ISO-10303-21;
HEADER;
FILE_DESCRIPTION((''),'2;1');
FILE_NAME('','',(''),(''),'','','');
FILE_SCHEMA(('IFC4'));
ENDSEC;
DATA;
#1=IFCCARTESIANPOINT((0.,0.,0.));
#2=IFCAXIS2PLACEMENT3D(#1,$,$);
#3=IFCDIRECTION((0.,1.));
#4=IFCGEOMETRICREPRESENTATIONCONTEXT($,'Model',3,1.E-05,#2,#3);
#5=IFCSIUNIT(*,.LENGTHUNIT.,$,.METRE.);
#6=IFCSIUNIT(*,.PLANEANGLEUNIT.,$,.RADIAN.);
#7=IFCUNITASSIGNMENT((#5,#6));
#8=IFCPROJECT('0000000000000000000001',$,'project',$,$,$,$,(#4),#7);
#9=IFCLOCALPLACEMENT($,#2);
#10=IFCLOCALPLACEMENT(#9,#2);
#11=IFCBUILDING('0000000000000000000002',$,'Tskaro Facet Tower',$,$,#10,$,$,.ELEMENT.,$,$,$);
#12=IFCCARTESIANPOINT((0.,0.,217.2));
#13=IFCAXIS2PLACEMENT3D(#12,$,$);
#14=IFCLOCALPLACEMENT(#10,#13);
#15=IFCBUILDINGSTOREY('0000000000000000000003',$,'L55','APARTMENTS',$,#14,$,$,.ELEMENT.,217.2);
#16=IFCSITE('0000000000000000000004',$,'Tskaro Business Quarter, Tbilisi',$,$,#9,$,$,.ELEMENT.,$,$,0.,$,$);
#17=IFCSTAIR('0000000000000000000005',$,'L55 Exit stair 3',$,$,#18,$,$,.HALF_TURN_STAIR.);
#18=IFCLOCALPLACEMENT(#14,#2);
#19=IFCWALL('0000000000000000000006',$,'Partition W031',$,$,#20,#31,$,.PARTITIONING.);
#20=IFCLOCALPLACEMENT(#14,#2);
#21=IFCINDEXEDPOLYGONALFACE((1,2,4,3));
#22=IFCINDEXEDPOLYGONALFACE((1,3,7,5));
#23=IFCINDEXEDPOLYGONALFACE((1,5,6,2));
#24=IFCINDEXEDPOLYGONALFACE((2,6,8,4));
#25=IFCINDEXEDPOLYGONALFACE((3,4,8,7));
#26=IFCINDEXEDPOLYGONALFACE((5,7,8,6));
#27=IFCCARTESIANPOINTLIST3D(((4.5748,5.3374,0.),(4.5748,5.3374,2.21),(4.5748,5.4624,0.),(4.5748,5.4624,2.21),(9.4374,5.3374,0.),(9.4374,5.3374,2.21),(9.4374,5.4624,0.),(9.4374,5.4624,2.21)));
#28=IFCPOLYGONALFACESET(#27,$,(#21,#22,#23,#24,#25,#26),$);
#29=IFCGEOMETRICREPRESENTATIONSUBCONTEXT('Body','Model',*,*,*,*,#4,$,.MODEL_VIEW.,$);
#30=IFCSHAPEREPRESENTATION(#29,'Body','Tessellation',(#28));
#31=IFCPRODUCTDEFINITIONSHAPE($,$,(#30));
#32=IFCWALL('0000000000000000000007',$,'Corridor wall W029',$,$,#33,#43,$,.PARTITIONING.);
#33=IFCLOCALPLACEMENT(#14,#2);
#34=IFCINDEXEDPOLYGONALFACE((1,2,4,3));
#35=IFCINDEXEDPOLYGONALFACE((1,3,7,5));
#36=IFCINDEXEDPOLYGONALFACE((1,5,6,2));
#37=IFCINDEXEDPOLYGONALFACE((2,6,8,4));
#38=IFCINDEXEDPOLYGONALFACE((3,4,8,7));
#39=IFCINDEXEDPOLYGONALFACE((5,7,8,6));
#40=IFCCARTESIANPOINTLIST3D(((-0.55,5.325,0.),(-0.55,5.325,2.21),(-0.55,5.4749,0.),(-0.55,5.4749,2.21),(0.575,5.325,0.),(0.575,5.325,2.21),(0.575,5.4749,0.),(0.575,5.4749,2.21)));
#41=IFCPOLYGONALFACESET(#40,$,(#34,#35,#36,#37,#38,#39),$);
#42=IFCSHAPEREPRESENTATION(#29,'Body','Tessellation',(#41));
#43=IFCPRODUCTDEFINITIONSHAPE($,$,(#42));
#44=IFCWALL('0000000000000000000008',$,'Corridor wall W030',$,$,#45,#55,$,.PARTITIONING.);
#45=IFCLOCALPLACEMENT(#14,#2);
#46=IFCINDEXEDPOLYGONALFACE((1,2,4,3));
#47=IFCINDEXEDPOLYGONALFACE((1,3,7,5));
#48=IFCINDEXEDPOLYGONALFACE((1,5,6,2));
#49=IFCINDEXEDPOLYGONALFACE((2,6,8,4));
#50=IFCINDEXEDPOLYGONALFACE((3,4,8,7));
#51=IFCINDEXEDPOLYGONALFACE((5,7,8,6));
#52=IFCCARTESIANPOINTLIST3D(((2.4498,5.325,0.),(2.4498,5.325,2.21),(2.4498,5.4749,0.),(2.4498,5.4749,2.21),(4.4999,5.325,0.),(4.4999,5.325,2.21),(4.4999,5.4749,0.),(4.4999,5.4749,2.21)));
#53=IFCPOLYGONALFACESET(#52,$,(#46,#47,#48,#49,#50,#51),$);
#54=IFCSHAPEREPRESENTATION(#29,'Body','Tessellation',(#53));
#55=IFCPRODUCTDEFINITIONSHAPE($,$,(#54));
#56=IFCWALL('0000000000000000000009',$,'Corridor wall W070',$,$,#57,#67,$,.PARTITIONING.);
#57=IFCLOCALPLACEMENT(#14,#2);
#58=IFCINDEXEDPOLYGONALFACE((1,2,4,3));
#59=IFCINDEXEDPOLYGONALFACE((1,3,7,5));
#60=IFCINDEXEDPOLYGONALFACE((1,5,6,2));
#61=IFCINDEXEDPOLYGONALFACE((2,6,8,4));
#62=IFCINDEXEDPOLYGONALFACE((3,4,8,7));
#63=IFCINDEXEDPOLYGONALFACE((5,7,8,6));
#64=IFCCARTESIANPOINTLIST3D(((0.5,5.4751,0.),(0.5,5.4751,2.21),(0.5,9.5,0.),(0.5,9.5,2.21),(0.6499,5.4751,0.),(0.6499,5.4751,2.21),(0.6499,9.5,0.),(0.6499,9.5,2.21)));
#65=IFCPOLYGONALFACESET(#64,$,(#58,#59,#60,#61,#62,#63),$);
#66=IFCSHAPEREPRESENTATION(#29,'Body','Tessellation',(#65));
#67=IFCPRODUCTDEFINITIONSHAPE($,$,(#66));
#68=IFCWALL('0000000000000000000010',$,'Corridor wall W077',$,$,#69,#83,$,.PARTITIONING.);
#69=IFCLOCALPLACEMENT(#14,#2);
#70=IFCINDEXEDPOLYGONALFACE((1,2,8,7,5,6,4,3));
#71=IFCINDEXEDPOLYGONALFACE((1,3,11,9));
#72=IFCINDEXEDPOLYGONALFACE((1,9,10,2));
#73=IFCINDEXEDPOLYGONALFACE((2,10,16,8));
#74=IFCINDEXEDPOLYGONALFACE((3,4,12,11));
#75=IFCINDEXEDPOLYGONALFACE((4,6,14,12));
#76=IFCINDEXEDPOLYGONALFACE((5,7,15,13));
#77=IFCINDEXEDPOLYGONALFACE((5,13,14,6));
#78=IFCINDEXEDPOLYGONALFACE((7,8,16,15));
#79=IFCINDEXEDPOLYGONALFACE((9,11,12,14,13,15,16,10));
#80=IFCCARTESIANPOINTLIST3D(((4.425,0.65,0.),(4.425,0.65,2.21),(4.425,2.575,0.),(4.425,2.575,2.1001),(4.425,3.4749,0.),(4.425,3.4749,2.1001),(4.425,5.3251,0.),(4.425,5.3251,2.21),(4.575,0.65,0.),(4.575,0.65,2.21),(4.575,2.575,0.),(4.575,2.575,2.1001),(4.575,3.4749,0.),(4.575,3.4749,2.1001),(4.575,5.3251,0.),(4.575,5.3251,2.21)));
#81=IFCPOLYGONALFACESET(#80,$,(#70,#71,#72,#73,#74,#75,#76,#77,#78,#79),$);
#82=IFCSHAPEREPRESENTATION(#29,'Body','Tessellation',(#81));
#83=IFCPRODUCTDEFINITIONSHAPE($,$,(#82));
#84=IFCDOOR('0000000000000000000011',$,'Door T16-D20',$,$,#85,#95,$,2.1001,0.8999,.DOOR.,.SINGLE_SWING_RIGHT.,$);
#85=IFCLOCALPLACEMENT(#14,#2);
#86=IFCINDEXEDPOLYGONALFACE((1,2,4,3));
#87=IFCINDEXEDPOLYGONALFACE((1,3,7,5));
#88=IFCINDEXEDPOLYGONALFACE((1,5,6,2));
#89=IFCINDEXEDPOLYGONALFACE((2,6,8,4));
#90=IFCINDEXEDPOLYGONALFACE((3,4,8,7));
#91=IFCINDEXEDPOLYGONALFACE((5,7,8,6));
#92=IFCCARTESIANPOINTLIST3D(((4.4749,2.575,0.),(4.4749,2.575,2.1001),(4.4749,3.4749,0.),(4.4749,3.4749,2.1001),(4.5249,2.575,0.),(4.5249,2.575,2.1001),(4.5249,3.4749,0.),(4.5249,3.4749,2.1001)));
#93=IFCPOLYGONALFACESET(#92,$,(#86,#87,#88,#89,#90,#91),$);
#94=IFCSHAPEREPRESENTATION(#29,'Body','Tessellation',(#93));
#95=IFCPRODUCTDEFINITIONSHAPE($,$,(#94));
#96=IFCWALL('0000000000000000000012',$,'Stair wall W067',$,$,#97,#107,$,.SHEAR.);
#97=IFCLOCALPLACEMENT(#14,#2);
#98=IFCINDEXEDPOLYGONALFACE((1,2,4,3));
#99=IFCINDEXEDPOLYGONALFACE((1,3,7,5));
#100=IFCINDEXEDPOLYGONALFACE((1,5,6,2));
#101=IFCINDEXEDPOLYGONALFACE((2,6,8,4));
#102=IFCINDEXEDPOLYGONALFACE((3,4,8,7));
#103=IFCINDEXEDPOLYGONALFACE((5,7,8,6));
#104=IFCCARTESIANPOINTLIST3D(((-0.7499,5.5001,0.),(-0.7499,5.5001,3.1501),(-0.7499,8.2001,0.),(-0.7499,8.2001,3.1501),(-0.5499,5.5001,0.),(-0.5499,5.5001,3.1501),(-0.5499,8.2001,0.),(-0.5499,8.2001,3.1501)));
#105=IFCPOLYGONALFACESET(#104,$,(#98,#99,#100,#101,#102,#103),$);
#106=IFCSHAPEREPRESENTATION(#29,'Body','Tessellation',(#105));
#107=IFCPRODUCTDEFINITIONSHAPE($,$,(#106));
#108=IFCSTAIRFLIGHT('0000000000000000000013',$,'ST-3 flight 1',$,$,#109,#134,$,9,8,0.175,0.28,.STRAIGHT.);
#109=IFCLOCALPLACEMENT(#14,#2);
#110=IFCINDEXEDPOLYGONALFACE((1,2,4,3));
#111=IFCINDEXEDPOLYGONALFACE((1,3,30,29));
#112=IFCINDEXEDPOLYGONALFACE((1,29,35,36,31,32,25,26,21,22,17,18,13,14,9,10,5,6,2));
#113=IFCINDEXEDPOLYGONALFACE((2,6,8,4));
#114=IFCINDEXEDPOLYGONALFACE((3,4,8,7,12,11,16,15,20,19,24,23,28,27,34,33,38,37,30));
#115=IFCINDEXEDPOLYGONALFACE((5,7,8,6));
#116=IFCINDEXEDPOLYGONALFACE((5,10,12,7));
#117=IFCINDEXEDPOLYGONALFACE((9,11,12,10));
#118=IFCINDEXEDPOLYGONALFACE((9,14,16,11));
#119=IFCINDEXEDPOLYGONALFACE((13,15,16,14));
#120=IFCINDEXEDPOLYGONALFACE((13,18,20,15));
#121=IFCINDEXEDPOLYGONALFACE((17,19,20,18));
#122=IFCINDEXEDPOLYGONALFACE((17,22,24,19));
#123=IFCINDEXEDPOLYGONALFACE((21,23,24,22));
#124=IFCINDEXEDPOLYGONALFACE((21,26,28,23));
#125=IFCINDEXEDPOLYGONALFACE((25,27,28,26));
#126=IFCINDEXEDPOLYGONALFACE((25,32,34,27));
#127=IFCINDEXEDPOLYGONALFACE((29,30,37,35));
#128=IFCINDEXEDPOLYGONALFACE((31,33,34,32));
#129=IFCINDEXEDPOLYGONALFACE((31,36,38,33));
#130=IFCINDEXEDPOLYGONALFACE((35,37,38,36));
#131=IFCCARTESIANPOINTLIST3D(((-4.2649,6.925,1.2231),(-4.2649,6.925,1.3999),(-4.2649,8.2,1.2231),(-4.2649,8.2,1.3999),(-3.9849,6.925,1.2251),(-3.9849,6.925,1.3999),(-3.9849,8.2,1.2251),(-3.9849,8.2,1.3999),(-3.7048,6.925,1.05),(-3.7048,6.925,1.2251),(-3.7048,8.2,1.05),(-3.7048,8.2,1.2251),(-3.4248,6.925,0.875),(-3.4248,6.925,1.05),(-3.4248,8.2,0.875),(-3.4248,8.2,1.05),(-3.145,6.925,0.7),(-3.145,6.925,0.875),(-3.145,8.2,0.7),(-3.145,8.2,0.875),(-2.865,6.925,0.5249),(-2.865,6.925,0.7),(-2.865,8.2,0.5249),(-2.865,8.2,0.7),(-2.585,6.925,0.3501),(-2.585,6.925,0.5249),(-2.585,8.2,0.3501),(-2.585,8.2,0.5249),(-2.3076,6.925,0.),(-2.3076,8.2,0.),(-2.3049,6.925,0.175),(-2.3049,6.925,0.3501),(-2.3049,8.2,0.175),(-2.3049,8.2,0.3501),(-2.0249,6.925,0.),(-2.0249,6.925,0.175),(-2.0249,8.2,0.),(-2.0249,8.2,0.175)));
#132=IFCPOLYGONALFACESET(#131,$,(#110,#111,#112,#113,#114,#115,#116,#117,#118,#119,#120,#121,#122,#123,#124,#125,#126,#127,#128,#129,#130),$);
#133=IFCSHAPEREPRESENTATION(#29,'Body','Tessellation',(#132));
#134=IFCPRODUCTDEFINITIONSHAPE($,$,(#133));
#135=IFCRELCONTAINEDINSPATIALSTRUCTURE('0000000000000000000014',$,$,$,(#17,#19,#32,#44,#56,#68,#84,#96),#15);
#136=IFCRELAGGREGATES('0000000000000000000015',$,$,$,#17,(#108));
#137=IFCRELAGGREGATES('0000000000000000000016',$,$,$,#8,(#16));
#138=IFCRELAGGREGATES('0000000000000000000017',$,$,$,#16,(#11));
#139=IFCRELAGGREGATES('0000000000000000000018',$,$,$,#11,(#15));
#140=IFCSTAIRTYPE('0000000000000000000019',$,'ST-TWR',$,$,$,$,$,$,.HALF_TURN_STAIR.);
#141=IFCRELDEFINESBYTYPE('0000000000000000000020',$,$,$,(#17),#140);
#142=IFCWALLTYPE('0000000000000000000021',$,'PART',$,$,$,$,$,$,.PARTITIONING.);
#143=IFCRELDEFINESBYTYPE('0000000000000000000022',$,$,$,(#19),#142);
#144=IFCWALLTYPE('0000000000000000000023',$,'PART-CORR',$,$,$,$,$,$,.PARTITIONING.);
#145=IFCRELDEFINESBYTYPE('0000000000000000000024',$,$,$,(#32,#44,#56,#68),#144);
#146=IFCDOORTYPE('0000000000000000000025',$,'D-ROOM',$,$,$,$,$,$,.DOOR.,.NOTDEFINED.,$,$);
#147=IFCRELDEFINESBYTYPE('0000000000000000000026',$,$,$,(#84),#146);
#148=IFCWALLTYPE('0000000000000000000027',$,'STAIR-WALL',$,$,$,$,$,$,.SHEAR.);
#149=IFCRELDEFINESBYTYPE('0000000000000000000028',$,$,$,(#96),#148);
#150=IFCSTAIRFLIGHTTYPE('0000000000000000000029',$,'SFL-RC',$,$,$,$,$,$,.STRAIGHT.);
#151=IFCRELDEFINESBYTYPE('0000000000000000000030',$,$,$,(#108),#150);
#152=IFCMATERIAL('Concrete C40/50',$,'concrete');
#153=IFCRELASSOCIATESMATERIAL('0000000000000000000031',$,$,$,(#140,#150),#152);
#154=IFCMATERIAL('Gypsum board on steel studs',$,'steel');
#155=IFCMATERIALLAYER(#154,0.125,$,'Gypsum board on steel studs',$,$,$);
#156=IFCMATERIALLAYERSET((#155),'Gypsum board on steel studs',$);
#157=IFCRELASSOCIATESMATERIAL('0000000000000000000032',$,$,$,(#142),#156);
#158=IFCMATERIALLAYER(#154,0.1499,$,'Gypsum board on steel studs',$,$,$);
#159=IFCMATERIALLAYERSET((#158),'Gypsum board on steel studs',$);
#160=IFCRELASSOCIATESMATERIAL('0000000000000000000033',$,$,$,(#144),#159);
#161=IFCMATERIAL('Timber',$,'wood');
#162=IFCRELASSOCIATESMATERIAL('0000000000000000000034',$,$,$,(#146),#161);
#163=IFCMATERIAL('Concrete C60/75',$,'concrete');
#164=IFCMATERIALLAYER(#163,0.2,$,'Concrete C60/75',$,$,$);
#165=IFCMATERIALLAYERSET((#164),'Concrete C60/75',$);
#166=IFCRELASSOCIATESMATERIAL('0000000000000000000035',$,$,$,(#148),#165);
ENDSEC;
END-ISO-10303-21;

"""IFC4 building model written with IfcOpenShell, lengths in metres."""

from ifc_helpers import new_model, si_unit, direction, frame, frame_2d, origin, place, context, subcontext, project, spatial, polyline, rectangle, outline, extrude, material, layer, layer_set, type_object, element, fill, aggregate, save


model = new_model("IFC4")

# Units and contexts
model_context = context("Model", 3, precision=1e-05, world=origin(), true_north=direction((0.0, 1.0)))
body_context = subcontext(model_context, "Body", "Model", "MODEL_VIEW")
ifc_project = project(units=[si_unit("LENGTHUNIT", "METRE"), si_unit("PLANEANGLEUNIT", "RADIAN")], contexts=[model_context])

# Site, building, storey
site_placement = place(None, origin())
site = spatial("IfcSite", under=ifc_project, at=site_placement, Name="Tskaro Business Quarter, Tbilisi", CompositionType="ELEMENT", RefElevation=0.0)
building_placement = place(site_placement, origin())
building = spatial("IfcBuilding", under=site, at=building_placement, Name="Tskaro Facet Tower", CompositionType="ELEMENT")
storey_placement = place(building_placement, frame((0.0, 0.0, 217.2)))
storey = spatial("IfcBuildingStorey", under=building, at=storey_placement, Name="L55", Description="APARTMENTS", CompositionType="ELEMENT", Elevation=217.2)

# Stair
ifc_material_1 = material(Name="Concrete C40/50", Category="concrete")
stair_type = type_object("IfcStairType", Name="ST-TWR", PredefinedType="HALF_TURN_STAIR", material=ifc_material_1)
stair_1_placement = place(storey_placement, origin())
stair_1 = element("IfcStair", 1, at=stair_1_placement, inside=storey, type_object=stair_type, Name="L55 Exit stair 3", PredefinedType="HALF_TURN_STAIR")

# Shared definitions
ifc_material_2 = material(Name="Concrete C60/75", Category="concrete")

# Walls
ifc_material_3 = material(Name="Gypsum board on steel studs", Category="steel")
ifc_layer_1 = layer(ifc_material_3, 0.125, Name="Gypsum board on steel studs")
ifc_layer_set_1 = layer_set([ifc_layer_1], Name="Gypsum board on steel studs")
wall_type_1 = type_object("IfcWallType", Name="PART", PredefinedType="PARTITIONING", material=ifc_layer_set_1)
wall_1_placement = place(storey_placement, frame((4.575, 5.3999, 0.0), z_axis=(0.0, 0.0, 1.0), x_axis=(1.0, 0.0, 0.0)))
element("IfcWall", 2, at=wall_1_placement, inside=storey, type_object=wall_type_1, Name="Partition W031", PredefinedType="PARTITIONING", context=body_context, shape_type="SweptSolid", body=[
    extrude(rectangle(XDim=4.8625, YDim=0.125, at=frame_2d((2.4312, 0.0))), origin(), (0.0, 0.0, 1.0), 2.21),
])
ifc_layer_2 = layer(ifc_material_3, 0.1499, Name="Gypsum board on steel studs")
ifc_layer_set_2 = layer_set([ifc_layer_2], Name="Gypsum board on steel studs")
wall_type_2 = type_object("IfcWallType", Name="PART-CORR", PredefinedType="PARTITIONING", material=ifc_layer_set_2)
wall_2_placement = place(storey_placement, frame((-0.55, 5.3999, 0.0), z_axis=(0.0, 0.0, 1.0), x_axis=(1.0, 0.0, 0.0)))
element("IfcWall", 3, at=wall_2_placement, inside=storey, type_object=wall_type_2, Name="Corridor wall W029", PredefinedType="PARTITIONING", context=body_context, shape_type="SweptSolid", body=[
    extrude(rectangle(XDim=1.125, YDim=0.1499, at=frame_2d((0.5625, 0.0))), origin(), (0.0, 0.0, 1.0), 2.21),
])
wall_3_placement = place(storey_placement, frame((2.45, 5.3999, 0.0), z_axis=(0.0, 0.0, 1.0), x_axis=(1.0, 0.0, 0.0)))
element("IfcWall", 4, at=wall_3_placement, inside=storey, type_object=wall_type_2, Name="Corridor wall W030", PredefinedType="PARTITIONING", context=body_context, shape_type="SweptSolid", body=[
    extrude(rectangle(XDim=2.05, YDim=0.1499, at=frame_2d((1.0249, 0.0))), origin(), (0.0, 0.0, 1.0), 2.21),
])
wall_4_placement = place(storey_placement, frame((0.575, 5.4751, 0.0), z_axis=(0.0, 0.0, 1.0), x_axis=(0.0, 1.0, 0.0)))
element("IfcWall", 5, at=wall_4_placement, inside=storey, type_object=wall_type_2, Name="Corridor wall W070", PredefinedType="PARTITIONING", context=body_context, shape_type="SweptSolid", body=[
    extrude(rectangle(XDim=4.0249, YDim=0.1499, at=frame_2d((2.0125, 0.0))), origin(), (0.0, 0.0, 1.0), 2.21),
])

# Wall, opening, door
wall_5_placement = place(storey_placement, frame((4.5, 5.325, 0.0), z_axis=(0.0, 0.0, 1.0), x_axis=(0.0, -1.0, 0.0)))
wall_5 = element("IfcWall", 6, at=wall_5_placement, inside=storey, type_object=wall_type_2, Name="Corridor wall W077", PredefinedType="PARTITIONING", context=body_context, shape_type="SweptSolid", body=[
    extrude(rectangle(XDim=4.675, YDim=0.1499, at=frame_2d((2.3374, 0.0))), origin(), (0.0, 0.0, 1.0), 2.21),
])
opening_placement = place(wall_5_placement, frame((1.8501, 0.0, 0.0)))
opening = element("IfcOpeningElement", 7, at=opening_placement, cuts=wall_5, PredefinedType="OPENING", context=body_context, shape_type="SweptSolid", body=[
    extrude(rectangle(XDim=0.8999, YDim=2.1001, at=frame_2d((0.45, 1.05))), frame((0.0, 0.085, 0.0), z_axis=(0.0, -1.0, 0.0), x_axis=(1.0, 0.0, 0.0)), (0.0, 0.0, 1.0), 0.1699),
])
ifc_material_4 = material(Name="Timber", Category="wood")
door_type = type_object("IfcDoorType", Name="D-ROOM", OperationType="NOTDEFINED", PredefinedType="DOOR", material=ifc_material_4)
door_placement = place(opening_placement, origin())
door = element("IfcDoor", 8, at=door_placement, inside=storey, type_object=door_type, Name="Door T16-D20", OperationType="SINGLE_SWING_RIGHT", OverallHeight=2.1001, OverallWidth=0.8999, PredefinedType="DOOR", context=body_context, shape_type="SweptSolid", body=[
    extrude(rectangle(XDim=0.8999, YDim=2.1001, at=frame_2d((0.45, 1.05))), frame((0.0, 0.0249, 0.0), z_axis=(0.0, -1.0, 0.0), x_axis=(1.0, 0.0, 0.0)), (0.0, 0.0, 1.0), 0.05),
])
fill(opening, door)

# Wall
ifc_layer_3 = layer(ifc_material_2, 0.2, Name="Concrete C60/75")
ifc_layer_set_3 = layer_set([ifc_layer_3], Name="Concrete C60/75")
wall_type_3 = type_object("IfcWallType", Name="STAIR-WALL", PredefinedType="SHEAR", material=ifc_layer_set_3)
wall_6_placement = place(storey_placement, frame((-0.6499, 5.5, 0.0), z_axis=(0.0, 0.0, 1.0), x_axis=(0.0, 1.0, 0.0)))
element("IfcWall", 9, at=wall_6_placement, inside=storey, type_object=wall_type_3, Name="Stair wall W067", PredefinedType="SHEAR", context=body_context, shape_type="SweptSolid", body=[
    extrude(rectangle(XDim=2.7, YDim=0.2, at=frame_2d((1.3501, 0.0))), origin(), (0.0, 0.0, 1.0), 3.1501),
])

# Stair flight
stair_flight_type = type_object("IfcStairFlightType", Name="SFL-RC", PredefinedType="STRAIGHT", material=ifc_material_1)
stair_flight_placement = place(storey_placement, frame((-2.0249, 7.5625, 0.0), z_axis=(0.0, 0.0, 1.0), x_axis=(-1.0, 0.0, 0.0)))
stair_flight = element("IfcStairFlight", 10, at=stair_flight_placement, type_object=stair_flight_type, Name="ST-3 flight 1", NumberOfRisers=9, NumberOfTreads=8, PredefinedType="STRAIGHT", RiserHeight=0.175, TreadLength=0.28, context=body_context, shape_type="SweptSolid", body=[
    extrude(outline(polyline([(0.0, 0.0), (0.0, 0.175), (0.28, 0.175), (0.28, 0.3501), (0.5601, 0.3501), (0.5601, 0.5249), (0.8401, 0.5249), (0.8401, 0.7), (1.1201, 0.7), (1.1201, 0.875), (1.3999, 0.875), (1.3999, 1.05), (1.6799, 1.05), (1.6799, 1.2251), (1.96, 1.2251), (1.96, 1.3999), (2.24, 1.3999), (2.24, 1.575), (2.24, 1.2231), (0.2827, 0.0), (0.0, 0.0)])), frame((0.0, 0.6375, 0.0), z_axis=(0.0, -1.0, 0.0), x_axis=(1.0, 0.0, 0.0)), (0.0, 0.0, 1.0), 1.2749),
])
aggregate(stair_1, [stair_flight])

save(model, "model.ifc")
